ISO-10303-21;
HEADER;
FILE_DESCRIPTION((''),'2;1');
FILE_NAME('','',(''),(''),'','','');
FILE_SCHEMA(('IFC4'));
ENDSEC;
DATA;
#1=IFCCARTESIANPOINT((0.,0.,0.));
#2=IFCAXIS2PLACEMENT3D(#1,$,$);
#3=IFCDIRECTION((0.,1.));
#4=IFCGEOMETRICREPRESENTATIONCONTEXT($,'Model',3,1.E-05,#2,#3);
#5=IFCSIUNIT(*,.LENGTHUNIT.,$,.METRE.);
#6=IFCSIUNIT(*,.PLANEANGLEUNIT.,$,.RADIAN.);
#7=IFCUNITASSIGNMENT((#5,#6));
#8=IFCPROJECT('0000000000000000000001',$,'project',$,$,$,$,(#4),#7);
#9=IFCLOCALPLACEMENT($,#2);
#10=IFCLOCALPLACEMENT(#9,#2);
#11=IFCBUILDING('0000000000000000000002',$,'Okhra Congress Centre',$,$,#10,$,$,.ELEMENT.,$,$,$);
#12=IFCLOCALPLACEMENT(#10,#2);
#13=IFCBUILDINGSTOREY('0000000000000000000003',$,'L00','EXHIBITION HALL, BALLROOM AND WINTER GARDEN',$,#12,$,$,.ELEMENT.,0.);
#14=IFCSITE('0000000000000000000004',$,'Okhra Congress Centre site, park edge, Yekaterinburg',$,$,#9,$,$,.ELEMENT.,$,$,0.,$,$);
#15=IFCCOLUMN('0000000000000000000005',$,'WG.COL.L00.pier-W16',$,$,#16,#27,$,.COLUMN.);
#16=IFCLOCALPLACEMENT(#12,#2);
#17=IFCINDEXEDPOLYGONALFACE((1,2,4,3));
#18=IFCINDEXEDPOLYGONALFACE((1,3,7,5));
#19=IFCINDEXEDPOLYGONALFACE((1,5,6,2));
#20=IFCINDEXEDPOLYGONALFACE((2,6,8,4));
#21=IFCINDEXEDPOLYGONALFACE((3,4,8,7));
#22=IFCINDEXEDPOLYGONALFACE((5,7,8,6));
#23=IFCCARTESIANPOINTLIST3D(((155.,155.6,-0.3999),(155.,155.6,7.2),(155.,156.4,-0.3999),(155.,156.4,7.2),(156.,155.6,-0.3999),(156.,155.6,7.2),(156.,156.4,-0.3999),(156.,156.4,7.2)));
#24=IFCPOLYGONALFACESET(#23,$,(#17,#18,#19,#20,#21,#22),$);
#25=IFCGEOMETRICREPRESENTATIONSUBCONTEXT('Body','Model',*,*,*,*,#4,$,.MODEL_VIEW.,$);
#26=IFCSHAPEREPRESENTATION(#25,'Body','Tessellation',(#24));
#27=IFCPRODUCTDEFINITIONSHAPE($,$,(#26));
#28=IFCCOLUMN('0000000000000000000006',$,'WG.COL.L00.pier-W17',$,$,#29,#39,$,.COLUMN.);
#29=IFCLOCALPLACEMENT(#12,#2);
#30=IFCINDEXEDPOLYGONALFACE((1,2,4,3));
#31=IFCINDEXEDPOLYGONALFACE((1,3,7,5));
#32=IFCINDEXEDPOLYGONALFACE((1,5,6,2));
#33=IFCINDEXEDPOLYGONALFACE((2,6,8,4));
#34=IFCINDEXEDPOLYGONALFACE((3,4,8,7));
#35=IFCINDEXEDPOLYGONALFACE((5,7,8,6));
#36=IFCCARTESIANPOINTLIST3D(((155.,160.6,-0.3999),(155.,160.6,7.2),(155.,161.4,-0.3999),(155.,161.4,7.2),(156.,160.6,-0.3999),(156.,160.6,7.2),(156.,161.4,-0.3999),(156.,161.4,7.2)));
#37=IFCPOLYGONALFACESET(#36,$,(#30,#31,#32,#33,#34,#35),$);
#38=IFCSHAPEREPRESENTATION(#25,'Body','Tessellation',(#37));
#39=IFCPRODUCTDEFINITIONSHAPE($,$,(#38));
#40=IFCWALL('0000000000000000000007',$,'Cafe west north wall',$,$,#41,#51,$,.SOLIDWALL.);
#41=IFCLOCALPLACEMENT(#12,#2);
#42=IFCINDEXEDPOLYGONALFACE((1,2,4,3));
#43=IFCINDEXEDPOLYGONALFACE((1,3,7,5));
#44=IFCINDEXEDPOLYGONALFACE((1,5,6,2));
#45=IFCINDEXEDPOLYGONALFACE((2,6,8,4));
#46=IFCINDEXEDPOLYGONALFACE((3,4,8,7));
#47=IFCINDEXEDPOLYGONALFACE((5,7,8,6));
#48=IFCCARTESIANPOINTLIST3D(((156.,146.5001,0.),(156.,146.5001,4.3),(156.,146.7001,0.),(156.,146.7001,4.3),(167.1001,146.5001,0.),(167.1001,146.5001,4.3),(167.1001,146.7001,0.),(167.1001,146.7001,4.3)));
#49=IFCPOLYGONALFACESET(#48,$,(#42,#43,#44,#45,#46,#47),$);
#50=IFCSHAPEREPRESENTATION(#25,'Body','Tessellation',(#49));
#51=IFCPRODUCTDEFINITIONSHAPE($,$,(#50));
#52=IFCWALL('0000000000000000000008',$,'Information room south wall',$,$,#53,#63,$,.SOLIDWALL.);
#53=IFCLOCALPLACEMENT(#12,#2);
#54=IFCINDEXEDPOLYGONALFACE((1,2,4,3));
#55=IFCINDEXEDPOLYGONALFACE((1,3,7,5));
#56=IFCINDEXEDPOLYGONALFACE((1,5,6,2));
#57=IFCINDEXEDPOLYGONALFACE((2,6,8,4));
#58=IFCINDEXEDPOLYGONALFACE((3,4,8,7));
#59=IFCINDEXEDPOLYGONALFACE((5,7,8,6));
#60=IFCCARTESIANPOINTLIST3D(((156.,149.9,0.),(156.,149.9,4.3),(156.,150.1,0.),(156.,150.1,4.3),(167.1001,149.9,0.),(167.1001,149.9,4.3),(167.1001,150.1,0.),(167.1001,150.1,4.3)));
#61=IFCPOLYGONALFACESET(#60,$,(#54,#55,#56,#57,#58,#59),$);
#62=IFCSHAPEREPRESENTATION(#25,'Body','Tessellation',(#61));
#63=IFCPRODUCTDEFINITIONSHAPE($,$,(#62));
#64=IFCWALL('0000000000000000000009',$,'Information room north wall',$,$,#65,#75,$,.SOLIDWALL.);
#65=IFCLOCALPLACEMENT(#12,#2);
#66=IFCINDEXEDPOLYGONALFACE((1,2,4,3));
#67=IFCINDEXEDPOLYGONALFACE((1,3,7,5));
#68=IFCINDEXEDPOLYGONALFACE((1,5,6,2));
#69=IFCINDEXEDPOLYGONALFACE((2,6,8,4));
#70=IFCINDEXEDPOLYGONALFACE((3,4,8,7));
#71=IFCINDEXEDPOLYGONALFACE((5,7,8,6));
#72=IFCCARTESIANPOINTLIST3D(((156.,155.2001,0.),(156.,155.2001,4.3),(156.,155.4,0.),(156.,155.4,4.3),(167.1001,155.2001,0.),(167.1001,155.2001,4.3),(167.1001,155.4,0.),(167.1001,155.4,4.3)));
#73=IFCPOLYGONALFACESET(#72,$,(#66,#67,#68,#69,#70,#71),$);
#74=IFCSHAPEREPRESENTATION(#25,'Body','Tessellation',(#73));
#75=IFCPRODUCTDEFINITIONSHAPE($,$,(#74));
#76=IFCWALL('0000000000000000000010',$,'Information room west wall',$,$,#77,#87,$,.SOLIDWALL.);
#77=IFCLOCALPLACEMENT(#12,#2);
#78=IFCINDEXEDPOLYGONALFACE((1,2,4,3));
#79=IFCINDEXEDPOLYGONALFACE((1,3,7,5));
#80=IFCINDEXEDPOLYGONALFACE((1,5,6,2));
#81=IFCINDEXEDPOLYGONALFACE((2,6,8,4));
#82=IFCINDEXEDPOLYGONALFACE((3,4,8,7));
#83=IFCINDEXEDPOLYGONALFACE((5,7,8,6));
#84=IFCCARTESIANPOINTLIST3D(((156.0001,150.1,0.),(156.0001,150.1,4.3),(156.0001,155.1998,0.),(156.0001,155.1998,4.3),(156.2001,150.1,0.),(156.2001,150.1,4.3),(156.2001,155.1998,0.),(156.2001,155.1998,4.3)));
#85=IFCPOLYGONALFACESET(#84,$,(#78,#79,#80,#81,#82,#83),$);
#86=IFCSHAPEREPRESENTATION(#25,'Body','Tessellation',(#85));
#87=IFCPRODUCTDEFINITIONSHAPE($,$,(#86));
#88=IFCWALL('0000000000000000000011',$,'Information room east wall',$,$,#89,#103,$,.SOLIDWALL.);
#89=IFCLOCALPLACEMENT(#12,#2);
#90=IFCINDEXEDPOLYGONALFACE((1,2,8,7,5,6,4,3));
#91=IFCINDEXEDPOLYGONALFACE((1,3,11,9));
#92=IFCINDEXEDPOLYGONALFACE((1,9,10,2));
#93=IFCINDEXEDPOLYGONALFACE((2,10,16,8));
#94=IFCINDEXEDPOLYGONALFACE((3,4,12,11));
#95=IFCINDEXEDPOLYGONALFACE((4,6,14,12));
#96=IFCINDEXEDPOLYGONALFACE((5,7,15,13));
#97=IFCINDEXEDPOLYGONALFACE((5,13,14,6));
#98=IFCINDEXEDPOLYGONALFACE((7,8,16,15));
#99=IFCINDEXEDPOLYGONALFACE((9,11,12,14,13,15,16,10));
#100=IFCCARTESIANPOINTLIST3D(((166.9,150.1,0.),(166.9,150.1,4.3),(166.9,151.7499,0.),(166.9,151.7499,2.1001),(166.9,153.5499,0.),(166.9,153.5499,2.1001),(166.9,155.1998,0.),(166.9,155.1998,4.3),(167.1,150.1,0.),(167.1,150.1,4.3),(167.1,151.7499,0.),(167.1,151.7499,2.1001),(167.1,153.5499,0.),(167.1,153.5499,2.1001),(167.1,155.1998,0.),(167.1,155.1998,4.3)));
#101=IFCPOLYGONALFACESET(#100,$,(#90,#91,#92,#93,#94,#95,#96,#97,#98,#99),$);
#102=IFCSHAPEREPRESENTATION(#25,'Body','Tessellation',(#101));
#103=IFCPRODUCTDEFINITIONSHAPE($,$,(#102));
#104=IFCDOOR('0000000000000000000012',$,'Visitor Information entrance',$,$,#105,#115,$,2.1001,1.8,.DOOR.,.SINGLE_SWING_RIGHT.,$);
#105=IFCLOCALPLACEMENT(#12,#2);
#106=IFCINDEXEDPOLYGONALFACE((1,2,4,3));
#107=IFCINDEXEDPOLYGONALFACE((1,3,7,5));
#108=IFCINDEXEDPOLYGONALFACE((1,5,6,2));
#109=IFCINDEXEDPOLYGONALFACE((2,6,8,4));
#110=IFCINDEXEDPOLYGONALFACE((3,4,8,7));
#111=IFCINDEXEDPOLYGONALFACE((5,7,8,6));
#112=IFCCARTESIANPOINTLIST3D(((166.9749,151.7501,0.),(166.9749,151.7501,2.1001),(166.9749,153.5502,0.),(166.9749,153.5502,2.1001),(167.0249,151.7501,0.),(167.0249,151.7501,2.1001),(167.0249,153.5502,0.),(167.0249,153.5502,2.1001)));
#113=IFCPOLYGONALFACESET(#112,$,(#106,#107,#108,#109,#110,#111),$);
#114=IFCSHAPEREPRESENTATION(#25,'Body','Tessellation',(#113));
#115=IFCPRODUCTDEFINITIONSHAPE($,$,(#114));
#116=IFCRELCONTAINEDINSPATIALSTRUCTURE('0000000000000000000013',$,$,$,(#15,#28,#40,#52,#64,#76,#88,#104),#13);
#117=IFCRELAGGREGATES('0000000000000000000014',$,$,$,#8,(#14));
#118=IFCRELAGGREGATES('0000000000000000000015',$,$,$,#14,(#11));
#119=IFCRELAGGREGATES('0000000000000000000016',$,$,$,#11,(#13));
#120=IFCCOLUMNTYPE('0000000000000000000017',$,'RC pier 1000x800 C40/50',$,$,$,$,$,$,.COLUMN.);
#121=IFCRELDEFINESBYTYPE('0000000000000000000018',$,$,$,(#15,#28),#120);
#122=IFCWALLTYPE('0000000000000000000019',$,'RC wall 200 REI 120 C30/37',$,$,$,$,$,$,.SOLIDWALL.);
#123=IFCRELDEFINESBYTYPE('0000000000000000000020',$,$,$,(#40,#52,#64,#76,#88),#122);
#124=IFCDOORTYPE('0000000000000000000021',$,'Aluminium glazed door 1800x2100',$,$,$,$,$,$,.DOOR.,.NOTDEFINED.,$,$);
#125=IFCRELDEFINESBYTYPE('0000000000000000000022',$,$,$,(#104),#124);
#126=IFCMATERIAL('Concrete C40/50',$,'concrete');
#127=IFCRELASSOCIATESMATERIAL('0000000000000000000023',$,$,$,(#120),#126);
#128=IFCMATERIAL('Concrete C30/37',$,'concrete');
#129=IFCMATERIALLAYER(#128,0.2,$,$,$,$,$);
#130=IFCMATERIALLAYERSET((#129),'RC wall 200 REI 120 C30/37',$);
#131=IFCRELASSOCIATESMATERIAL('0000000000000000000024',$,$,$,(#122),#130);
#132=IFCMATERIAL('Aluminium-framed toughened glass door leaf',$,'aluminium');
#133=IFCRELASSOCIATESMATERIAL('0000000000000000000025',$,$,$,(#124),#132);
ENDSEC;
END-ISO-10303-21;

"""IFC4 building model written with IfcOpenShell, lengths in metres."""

from ifc_helpers import new_model, si_unit, direction, frame, frame_2d, origin, origin_2d, place, context, subcontext, project, spatial, rectangle, extrude, material, layer, layer_set, material_profile, profile_set, type_object, element, fill, save


model = new_model("IFC4")

# Units and contexts
model_context = context("Model", 3, precision=1e-05, world=origin(), true_north=direction((0.0, 1.0)))
body_context = subcontext(model_context, "Body", "Model", "MODEL_VIEW")
ifc_project = project(units=[si_unit("LENGTHUNIT", "METRE"), si_unit("PLANEANGLEUNIT", "RADIAN")], contexts=[model_context])

# Site, building, storey
site_placement = place(None, origin())
site = spatial("IfcSite", under=ifc_project, at=site_placement, Name="Okhra Congress Centre site, park edge, Yekaterinburg", CompositionType="ELEMENT", RefElevation=0.0)
building_placement = place(site_placement, origin())
building = spatial("IfcBuilding", under=site, at=building_placement, Name="Okhra Congress Centre", CompositionType="ELEMENT")
storey_placement = place(building_placement, origin())
storey = spatial("IfcBuildingStorey", under=building, at=storey_placement, Name="L00", Description="EXHIBITION HALL, BALLROOM AND WINTER GARDEN", CompositionType="ELEMENT", Elevation=0.0)

# Shared definitions
ifc_material_1 = material(Name="Concrete C30/37", Category="concrete")

# Columns
ifc_material_2 = material(Name="Concrete C40/50", Category="concrete")
ifc_material_profile_1 = material_profile(ifc_material_2, rectangle(XDim=1.0, YDim=0.8, at=origin_2d()), Name="RC 1000x800")
ifc_profile_set_1 = profile_set([ifc_material_profile_1], Name="Concrete C40/50")
column_type = type_object("IfcColumnType", Name="RC pier 1000x800 C40/50", PredefinedType="COLUMN", material=ifc_profile_set_1)
for number, where, z_axis, x_axis, name in (
    (1, (155.5, 156.0, -0.3999), (0.0, 0.0, 1.0), (1.0, 0.0, 0.0), "WG.COL.L00.pier-W16"),
    (2, (155.5, 161.0, -0.3999), (0.0, 0.0, 1.0), (1.0, 0.0, 0.0), "WG.COL.L00.pier-W17"),
):
    element("IfcColumn", number, at=place(storey_placement, frame(where, z_axis=z_axis, x_axis=x_axis)), inside=storey, type_object=column_type, Name=name, PredefinedType="COLUMN", context=body_context, shape_type="SweptSolid", body=[
        extrude(rectangle(XDim=1.0, YDim=0.8, at=origin_2d()), origin(), (0.0, 0.0, 1.0), 7.5999),
    ])

# Walls
ifc_layer = layer(ifc_material_1, 0.2)
ifc_layer_set = layer_set([ifc_layer], Name="RC wall 200 REI 120 C30/37")
wall_type = type_object("IfcWallType", Name="RC wall 200 REI 120 C30/37", PredefinedType="SOLIDWALL", material=ifc_layer_set)
for number, where, z_axis, x_axis, name in (
    (3, (156.0, 146.6001, 0.0), (0.0, 0.0, 1.0), (1.0, 0.0, 0.0), "Cafe west north wall"),
    (4, (156.0, 150.0, 0.0), (0.0, 0.0, 1.0), (1.0, 0.0, 0.0), "Information room south wall"),
    (5, (156.0, 155.3, 0.0), (0.0, 0.0, 1.0), (1.0, 0.0, 0.0), "Information room north wall"),
):
    element("IfcWall", number, at=place(storey_placement, frame(where, z_axis=z_axis, x_axis=x_axis)), inside=storey, type_object=wall_type, Name=name, PredefinedType="SOLIDWALL", context=body_context, shape_type="SweptSolid", body=[
        extrude(rectangle(XDim=11.1001, YDim=0.2, at=frame_2d((5.55, 0.0))), origin(), (0.0, 0.0, 1.0), 4.3),
    ])
wall_1_placement = place(storey_placement, frame((156.1001, 150.1001, 0.0), z_axis=(0.0, 0.0, 1.0), x_axis=(0.0, 1.0, 0.0)))
element("IfcWall", 6, at=wall_1_placement, inside=storey, type_object=wall_type, Name="Information room west wall", PredefinedType="SOLIDWALL", context=body_context, shape_type="SweptSolid", body=[
    extrude(rectangle(XDim=5.0999, YDim=0.2, at=frame_2d((2.5498, 0.0))), origin(), (0.0, 0.0, 1.0), 4.3),
])

# Wall, opening, door
wall_2_placement = place(storey_placement, frame((167.0, 150.1001, 0.0), z_axis=(0.0, 0.0, 1.0), x_axis=(0.0, 1.0, 0.0)))
wall_2 = element("IfcWall", 7, at=wall_2_placement, inside=storey, type_object=wall_type, Name="Information room east wall", PredefinedType="SOLIDWALL", context=body_context, shape_type="SweptSolid", body=[
    extrude(rectangle(XDim=5.0999, YDim=0.2, at=frame_2d((2.5498, 0.0))), origin(), (0.0, 0.0, 1.0), 4.3),
])
opening_placement = place(wall_2_placement, frame((1.6499, 0.0, 0.0)))
opening = element("IfcOpeningElement", 8, at=opening_placement, cuts=wall_2, PredefinedType="OPENING", context=body_context, shape_type="SweptSolid", body=[
    extrude(rectangle(XDim=1.8, YDim=2.1001, at=frame_2d((0.8999, 1.05))), frame((0.0, 0.1099, 0.0), z_axis=(0.0, -1.0, 0.0), x_axis=(1.0, 0.0, 0.0)), (0.0, 0.0, 1.0), 0.22),
])
ifc_material_3 = material(Name="Aluminium-framed toughened glass door leaf", Category="aluminium")
door_type = type_object("IfcDoorType", Name="Aluminium glazed door 1800x2100", OperationType="NOTDEFINED", PredefinedType="DOOR", material=ifc_material_3)
door_placement = place(opening_placement, frame((1.8, 0.0, 0.0), z_axis=(0.0, 0.0, 1.0), x_axis=(-1.0, 0.0, 0.0)))
door = element("IfcDoor", 9, at=door_placement, inside=storey, type_object=door_type, Name="Visitor Information entrance", OperationType="SINGLE_SWING_RIGHT", OverallHeight=2.1001, OverallWidth=1.8, PredefinedType="DOOR", context=body_context, shape_type="SweptSolid", body=[
    extrude(rectangle(XDim=1.8, YDim=2.1001, at=frame_2d((0.8999, 1.05))), frame((0.0, 0.0249, 0.0), z_axis=(0.0, -1.0, 0.0), x_axis=(1.0, 0.0, 0.0)), (0.0, 0.0, 1.0), 0.05),
])
fill(opening, door)

save(model, "model.ifc")
